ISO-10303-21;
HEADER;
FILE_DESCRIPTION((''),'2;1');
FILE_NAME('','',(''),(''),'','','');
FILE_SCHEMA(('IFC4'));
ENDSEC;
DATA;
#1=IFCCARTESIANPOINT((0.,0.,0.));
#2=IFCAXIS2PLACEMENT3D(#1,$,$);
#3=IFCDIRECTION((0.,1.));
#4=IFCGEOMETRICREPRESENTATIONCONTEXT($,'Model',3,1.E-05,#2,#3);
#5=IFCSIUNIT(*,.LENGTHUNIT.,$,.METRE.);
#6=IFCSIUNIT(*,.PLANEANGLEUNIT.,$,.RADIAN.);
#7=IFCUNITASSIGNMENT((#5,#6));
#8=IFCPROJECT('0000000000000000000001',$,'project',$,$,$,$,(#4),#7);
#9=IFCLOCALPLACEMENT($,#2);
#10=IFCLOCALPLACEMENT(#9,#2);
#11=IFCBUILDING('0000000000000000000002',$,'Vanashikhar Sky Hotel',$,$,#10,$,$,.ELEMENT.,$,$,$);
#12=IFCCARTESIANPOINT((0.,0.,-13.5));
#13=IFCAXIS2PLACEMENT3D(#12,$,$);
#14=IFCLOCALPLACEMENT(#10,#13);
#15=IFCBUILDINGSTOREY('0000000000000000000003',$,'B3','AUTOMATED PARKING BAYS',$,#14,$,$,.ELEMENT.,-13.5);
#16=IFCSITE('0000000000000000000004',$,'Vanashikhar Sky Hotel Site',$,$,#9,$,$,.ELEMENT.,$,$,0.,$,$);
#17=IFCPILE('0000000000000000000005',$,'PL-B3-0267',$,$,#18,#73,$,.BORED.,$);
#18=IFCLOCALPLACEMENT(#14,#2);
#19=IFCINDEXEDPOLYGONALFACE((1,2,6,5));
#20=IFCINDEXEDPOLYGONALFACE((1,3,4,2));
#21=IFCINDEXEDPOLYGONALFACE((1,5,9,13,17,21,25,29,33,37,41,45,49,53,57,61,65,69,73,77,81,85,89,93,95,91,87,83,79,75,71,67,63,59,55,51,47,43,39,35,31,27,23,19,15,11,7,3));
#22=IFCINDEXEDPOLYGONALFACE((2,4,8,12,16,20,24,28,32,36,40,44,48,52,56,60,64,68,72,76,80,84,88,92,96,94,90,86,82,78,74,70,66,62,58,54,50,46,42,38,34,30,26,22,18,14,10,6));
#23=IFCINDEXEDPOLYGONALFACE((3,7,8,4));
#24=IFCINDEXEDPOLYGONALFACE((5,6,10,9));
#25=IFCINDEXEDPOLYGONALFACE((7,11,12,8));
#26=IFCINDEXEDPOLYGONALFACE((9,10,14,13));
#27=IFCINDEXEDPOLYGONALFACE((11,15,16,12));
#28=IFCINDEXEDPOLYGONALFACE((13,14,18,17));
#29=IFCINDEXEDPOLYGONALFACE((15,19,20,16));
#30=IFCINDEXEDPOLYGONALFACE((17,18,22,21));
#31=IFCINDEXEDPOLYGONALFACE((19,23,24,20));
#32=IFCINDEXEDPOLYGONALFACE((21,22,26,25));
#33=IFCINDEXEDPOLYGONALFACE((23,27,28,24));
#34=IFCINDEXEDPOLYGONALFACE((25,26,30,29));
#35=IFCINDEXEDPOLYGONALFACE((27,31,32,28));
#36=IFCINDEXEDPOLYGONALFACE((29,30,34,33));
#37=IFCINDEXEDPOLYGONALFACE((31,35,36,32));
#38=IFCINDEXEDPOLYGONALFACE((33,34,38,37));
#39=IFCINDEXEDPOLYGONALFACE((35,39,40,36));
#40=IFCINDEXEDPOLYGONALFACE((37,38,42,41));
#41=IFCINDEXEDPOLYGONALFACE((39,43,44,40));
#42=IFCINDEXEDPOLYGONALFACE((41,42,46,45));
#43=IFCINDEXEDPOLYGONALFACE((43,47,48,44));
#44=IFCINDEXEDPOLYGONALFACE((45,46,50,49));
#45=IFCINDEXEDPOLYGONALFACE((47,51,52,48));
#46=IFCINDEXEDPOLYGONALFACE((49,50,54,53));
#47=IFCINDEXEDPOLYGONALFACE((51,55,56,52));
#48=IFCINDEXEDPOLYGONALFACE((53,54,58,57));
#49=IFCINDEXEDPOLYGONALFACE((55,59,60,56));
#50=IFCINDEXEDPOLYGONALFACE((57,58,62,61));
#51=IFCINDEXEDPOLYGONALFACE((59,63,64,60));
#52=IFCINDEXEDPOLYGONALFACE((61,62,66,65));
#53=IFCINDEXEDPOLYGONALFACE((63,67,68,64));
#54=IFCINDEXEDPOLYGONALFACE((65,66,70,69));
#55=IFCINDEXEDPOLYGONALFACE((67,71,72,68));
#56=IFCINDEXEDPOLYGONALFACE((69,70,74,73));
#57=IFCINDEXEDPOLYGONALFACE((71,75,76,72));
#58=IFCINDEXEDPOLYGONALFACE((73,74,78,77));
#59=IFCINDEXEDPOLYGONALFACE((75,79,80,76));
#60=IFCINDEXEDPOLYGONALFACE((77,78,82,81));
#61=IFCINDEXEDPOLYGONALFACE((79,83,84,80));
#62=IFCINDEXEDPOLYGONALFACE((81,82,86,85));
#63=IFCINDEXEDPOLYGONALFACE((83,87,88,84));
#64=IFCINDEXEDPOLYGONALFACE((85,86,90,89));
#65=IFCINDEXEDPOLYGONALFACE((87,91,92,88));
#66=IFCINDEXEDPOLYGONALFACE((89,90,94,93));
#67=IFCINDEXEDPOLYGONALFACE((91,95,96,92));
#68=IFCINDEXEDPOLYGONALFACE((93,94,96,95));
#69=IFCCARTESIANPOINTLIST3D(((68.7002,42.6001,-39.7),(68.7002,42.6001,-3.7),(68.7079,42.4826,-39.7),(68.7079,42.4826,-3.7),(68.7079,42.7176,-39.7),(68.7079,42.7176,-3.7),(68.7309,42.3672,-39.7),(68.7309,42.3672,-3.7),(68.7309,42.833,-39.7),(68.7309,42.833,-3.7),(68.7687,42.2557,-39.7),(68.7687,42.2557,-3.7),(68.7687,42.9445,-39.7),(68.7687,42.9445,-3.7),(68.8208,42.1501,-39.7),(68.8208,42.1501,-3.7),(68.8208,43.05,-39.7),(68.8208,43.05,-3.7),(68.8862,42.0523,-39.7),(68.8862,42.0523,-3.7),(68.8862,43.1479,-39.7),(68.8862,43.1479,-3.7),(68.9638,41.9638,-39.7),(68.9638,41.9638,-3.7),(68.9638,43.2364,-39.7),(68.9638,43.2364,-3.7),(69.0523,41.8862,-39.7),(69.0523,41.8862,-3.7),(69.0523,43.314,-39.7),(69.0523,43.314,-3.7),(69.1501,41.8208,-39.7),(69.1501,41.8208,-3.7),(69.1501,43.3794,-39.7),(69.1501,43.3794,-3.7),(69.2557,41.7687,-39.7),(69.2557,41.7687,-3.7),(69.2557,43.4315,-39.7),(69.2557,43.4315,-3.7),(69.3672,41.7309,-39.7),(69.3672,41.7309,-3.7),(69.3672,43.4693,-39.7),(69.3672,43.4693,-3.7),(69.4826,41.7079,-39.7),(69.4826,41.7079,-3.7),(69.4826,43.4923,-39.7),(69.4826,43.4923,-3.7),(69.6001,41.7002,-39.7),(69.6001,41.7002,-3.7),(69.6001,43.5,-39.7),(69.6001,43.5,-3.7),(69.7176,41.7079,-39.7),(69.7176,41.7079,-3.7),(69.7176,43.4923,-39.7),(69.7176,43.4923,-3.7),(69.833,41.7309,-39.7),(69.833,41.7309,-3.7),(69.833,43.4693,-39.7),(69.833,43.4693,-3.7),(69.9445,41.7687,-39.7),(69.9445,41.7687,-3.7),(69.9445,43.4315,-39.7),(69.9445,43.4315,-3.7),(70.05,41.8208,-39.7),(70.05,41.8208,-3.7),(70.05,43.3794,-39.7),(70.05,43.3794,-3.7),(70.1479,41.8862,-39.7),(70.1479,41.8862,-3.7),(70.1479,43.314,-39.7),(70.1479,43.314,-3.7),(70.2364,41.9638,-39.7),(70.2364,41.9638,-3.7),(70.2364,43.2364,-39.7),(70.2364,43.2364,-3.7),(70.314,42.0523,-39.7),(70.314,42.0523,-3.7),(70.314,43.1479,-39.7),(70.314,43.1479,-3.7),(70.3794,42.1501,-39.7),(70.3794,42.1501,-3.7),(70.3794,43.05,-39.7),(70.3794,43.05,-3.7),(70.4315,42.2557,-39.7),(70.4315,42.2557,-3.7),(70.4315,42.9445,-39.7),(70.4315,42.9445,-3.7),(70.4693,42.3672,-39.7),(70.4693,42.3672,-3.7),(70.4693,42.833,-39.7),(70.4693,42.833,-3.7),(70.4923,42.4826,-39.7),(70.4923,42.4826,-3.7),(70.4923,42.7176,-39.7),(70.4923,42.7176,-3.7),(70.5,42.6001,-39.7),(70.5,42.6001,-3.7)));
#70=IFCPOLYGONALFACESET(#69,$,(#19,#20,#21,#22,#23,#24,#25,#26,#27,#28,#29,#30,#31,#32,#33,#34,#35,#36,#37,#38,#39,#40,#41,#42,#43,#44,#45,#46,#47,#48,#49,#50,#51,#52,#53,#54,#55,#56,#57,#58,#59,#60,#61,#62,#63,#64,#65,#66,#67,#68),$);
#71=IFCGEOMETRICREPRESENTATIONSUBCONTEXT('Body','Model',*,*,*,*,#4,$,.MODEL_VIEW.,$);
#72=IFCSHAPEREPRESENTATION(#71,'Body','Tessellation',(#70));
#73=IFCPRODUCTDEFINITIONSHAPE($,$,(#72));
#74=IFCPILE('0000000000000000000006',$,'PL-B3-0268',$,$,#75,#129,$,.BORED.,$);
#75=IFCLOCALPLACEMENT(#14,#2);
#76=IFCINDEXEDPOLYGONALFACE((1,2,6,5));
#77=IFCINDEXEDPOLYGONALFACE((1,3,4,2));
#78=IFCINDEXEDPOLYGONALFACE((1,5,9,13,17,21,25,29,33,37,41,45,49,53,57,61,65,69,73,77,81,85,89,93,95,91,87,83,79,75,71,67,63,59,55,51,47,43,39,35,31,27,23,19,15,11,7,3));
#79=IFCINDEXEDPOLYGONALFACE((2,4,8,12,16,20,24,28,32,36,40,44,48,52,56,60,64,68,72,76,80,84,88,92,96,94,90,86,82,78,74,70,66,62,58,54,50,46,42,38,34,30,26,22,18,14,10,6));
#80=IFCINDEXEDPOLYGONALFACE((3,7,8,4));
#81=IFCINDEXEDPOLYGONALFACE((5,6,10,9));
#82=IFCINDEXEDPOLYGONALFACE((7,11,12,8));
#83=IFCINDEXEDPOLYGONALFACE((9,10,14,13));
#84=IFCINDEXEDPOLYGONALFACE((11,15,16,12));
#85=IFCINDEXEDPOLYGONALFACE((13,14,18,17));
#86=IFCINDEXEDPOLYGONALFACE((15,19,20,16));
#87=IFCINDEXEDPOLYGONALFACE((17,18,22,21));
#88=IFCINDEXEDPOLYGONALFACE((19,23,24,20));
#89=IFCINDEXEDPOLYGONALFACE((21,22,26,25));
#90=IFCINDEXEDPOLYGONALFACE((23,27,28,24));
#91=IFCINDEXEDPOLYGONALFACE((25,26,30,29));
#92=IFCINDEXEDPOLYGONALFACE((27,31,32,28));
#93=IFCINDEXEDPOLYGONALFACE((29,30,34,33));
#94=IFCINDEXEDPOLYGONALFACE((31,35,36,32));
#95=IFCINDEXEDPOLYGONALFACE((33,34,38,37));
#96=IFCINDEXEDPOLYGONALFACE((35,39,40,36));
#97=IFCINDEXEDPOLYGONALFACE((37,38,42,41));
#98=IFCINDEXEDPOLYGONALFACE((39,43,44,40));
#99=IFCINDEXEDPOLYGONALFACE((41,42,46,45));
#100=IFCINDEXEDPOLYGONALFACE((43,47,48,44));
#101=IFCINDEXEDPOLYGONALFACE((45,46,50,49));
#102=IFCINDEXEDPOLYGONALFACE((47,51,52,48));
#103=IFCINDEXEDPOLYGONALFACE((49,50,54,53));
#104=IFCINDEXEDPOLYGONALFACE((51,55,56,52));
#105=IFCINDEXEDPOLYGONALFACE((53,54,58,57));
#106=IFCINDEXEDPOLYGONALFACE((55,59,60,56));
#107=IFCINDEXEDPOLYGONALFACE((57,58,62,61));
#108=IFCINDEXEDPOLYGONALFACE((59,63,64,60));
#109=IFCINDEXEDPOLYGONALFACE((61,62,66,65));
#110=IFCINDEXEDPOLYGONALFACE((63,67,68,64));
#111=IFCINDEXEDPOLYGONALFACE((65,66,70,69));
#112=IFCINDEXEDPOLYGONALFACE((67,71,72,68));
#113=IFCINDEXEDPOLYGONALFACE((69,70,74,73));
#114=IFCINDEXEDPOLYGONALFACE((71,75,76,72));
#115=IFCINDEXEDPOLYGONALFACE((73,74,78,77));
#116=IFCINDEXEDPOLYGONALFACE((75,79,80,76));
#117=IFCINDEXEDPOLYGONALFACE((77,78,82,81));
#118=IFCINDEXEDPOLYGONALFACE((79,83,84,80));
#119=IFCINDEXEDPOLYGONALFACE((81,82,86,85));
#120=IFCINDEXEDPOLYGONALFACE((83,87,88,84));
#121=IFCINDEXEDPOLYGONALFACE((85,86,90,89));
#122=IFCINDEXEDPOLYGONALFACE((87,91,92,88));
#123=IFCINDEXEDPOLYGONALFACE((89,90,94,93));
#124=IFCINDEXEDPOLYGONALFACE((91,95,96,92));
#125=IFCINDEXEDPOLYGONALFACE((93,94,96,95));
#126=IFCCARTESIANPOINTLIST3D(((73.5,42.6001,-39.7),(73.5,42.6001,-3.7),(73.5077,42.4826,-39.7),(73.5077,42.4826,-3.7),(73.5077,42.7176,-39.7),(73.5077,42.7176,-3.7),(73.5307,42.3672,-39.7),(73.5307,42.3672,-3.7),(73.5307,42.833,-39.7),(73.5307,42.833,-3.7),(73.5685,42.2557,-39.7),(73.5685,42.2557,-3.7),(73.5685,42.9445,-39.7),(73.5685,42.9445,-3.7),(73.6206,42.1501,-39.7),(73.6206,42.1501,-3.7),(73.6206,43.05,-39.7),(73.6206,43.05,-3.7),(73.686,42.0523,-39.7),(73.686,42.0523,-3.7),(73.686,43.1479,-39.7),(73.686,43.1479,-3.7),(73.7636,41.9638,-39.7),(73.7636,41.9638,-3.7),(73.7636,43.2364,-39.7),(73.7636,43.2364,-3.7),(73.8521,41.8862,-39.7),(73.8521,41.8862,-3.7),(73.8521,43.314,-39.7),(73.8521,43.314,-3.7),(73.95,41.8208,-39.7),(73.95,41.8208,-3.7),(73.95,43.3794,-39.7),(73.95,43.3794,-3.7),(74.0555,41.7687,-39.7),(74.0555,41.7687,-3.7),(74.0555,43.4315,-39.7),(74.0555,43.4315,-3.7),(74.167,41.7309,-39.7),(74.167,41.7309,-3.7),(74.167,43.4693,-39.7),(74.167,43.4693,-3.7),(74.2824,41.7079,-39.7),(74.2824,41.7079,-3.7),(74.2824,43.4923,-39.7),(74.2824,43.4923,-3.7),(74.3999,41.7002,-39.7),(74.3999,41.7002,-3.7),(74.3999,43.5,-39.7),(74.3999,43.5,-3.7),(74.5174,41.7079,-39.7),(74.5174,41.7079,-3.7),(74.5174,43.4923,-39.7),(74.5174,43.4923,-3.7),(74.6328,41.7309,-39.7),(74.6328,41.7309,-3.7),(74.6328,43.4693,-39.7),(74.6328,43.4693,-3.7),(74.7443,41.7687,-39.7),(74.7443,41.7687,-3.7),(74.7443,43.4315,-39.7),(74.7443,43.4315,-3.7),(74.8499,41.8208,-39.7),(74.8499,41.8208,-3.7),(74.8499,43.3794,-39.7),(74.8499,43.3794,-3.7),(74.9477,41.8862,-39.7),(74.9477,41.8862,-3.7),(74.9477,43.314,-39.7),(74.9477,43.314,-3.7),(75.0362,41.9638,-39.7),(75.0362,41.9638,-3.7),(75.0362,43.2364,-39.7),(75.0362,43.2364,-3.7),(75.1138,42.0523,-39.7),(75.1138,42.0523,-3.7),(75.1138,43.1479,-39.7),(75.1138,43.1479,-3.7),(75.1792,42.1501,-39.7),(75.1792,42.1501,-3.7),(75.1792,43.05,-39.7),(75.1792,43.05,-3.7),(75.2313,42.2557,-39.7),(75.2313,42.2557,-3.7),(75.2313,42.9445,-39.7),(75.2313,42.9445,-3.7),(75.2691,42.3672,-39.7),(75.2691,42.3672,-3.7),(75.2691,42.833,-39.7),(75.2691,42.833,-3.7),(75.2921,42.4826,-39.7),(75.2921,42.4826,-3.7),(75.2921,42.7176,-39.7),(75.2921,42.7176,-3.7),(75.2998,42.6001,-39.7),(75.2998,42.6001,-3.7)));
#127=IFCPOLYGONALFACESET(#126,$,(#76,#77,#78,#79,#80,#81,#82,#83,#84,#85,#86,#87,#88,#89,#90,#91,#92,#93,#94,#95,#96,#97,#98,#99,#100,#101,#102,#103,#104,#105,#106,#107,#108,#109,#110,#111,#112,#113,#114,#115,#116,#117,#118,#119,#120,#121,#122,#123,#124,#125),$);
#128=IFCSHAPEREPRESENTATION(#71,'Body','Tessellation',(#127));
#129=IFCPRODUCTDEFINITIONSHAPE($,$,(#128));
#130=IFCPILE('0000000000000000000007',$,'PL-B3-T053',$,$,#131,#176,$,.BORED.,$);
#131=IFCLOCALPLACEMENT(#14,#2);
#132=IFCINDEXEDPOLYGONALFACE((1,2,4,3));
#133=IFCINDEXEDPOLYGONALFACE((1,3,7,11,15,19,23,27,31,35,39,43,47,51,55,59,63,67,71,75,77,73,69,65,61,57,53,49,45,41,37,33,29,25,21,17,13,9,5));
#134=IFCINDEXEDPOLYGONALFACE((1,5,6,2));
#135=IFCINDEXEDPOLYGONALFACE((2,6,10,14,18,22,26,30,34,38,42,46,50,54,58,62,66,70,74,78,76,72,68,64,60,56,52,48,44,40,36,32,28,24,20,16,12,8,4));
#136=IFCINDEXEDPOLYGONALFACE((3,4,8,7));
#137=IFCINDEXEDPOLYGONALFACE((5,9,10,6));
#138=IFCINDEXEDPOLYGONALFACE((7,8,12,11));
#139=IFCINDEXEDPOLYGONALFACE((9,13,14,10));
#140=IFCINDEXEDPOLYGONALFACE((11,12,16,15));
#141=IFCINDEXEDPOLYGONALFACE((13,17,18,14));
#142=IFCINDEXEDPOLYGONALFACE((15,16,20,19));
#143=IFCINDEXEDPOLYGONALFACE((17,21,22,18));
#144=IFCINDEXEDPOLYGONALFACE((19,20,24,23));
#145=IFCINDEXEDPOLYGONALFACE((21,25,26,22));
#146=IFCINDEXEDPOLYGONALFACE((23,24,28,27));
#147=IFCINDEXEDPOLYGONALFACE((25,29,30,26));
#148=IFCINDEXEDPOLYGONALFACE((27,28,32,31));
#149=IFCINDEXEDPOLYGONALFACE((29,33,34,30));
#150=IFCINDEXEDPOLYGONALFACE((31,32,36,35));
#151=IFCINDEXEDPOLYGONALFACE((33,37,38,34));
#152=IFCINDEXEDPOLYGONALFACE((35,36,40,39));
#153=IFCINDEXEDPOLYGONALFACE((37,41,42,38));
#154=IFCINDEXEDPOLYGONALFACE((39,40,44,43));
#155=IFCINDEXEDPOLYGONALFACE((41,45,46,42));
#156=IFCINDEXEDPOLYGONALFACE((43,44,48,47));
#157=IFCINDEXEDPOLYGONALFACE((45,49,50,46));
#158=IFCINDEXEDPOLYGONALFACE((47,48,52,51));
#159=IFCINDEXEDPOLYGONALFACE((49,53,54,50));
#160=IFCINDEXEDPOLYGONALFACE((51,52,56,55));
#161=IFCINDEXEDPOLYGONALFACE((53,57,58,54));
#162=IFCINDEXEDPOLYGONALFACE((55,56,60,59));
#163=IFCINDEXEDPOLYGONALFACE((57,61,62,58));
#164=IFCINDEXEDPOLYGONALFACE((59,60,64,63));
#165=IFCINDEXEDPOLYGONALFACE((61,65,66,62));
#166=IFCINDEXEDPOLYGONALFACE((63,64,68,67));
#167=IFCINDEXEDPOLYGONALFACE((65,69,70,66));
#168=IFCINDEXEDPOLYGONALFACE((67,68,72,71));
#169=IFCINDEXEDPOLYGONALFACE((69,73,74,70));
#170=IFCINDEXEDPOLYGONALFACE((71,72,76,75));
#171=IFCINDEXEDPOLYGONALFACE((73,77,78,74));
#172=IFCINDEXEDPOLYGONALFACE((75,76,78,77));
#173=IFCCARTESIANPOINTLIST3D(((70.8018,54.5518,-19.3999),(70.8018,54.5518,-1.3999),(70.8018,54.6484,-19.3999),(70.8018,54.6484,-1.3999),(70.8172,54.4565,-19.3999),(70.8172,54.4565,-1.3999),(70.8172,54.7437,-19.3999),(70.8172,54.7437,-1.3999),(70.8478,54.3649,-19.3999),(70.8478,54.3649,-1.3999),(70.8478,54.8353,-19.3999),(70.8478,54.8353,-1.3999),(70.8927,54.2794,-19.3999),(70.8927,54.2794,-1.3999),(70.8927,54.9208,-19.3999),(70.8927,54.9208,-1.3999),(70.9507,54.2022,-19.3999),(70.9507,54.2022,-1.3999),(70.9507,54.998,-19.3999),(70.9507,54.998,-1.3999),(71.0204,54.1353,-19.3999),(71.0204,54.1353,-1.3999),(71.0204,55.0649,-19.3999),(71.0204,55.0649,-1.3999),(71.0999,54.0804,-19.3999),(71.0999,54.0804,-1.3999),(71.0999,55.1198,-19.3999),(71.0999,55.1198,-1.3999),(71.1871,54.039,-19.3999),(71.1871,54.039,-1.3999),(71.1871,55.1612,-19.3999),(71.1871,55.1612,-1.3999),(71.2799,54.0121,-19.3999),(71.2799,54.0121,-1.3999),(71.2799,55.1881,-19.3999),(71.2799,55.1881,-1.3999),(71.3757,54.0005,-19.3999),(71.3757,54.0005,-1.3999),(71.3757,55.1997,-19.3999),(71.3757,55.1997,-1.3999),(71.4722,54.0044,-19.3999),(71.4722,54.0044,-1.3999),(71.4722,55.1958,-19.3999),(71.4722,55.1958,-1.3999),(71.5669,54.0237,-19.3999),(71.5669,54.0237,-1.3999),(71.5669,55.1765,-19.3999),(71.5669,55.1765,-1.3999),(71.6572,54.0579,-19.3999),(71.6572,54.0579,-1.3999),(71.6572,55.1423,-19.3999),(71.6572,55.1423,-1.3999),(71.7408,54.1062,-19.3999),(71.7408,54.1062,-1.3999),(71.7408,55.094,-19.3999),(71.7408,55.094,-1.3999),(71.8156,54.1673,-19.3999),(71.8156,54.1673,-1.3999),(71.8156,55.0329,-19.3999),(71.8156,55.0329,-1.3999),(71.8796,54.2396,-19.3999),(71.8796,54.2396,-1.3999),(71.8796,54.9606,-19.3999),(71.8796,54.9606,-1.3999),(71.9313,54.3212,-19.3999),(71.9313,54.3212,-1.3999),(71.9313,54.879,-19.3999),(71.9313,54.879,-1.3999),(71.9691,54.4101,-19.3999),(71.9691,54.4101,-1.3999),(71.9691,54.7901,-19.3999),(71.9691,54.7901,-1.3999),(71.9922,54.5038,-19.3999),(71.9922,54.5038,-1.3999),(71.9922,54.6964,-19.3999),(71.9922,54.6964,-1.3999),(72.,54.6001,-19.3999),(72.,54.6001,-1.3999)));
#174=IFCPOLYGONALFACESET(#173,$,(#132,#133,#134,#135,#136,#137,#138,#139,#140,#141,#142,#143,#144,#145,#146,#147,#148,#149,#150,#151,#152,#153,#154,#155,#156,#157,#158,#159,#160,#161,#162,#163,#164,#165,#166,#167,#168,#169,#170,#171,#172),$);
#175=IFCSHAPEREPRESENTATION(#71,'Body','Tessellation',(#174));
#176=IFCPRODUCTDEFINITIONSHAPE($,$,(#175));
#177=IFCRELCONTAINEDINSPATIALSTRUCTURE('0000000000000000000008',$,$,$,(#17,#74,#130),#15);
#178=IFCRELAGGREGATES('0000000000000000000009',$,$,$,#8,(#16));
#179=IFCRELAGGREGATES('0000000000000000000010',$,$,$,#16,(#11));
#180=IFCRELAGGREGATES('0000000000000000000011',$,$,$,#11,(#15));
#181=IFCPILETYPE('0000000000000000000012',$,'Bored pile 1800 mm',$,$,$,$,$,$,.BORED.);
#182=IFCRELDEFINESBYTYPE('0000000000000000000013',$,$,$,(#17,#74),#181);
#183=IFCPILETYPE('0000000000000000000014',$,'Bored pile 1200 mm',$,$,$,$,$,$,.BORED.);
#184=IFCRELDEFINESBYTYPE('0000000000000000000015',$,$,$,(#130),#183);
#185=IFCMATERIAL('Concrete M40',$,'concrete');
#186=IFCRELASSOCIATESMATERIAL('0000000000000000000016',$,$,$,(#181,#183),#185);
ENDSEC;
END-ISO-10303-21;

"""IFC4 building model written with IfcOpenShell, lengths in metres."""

from ifc_helpers import new_model, si_unit, direction, frame, origin, origin_2d, place, context, subcontext, project, spatial, circle, extrude, source, transform, mapped, material, type_object, element, save


model = new_model("IFC4")

# Units and contexts
model_context = context("Model", 3, precision=1e-05, world=origin(), true_north=direction((0.0, 1.0)))
body_context = subcontext(model_context, "Body", "Model", "MODEL_VIEW")
ifc_project = project(units=[si_unit("LENGTHUNIT", "METRE"), si_unit("PLANEANGLEUNIT", "RADIAN")], contexts=[model_context])

# Site, building, storey
site_placement = place(None, origin())
site = spatial("IfcSite", under=ifc_project, at=site_placement, Name="Vanashikhar Sky Hotel Site", CompositionType="ELEMENT", RefElevation=0.0)
building_placement = place(site_placement, origin())
building = spatial("IfcBuilding", under=site, at=building_placement, Name="Vanashikhar Sky Hotel", CompositionType="ELEMENT")
storey_placement = place(building_placement, frame((0.0, 0.0, -13.5)))
storey = spatial("IfcBuildingStorey", under=building, at=storey_placement, Name="B3", Description="AUTOMATED PARKING BAYS", CompositionType="ELEMENT", Elevation=-13.5)

# Piles
ifc_material_1 = material(Name="Concrete M40", Category="concrete")
pile_type_1 = type_object("IfcPileType", Name="Bored pile 1800 mm", PredefinedType="BORED", material=ifc_material_1)
shared_shape_1 = source(origin(), body_context, "Body", "SweptSolid", [
    extrude(circle(Radius=0.8999, at=origin_2d()), origin(), (0.0, 0.0, 1.0), 36.0),
])
for number, where, z_axis, x_axis, name in (
    (1, (69.6001, 42.6001, -3.7), (0.0, 0.0, -1.0), (1.0, 0.0, 0.0), "PL-B3-0267"),
    (2, (74.3999, 42.6001, -3.7), (0.0, 0.0, -1.0), (1.0, 0.0, 0.0), "PL-B3-0268"),
):
    element("IfcPile", number, at=place(storey_placement, frame(where, z_axis=z_axis, x_axis=x_axis)), inside=storey, type_object=pile_type_1, Name=name, PredefinedType="BORED", context=body_context, shape_type="MappedRepresentation", body=[
        mapped(shared_shape_1, transform((0.0, 0.0, 0.0), scale=1.0)),
    ])
pile_type_2 = type_object("IfcPileType", Name="Bored pile 1200 mm", PredefinedType="BORED", material=ifc_material_1)
shared_shape_2 = source(origin(), body_context, "Body", "SweptSolid", [
    extrude(circle(Radius=0.6001, at=origin_2d()), origin(), (0.0, 0.0, 1.0), 18.0),
])
for number, where, z_axis, x_axis, name in (
    (3, (71.3999, 54.6001, -1.3999), (0.0, 0.0, -1.0), (1.0, 0.0, 0.0), "PL-B3-T053"),
):
    element("IfcPile", number, at=place(storey_placement, frame(where, z_axis=z_axis, x_axis=x_axis)), inside=storey, type_object=pile_type_2, Name=name, PredefinedType="BORED", context=body_context, shape_type="MappedRepresentation", body=[
        mapped(shared_shape_2, transform((0.0, 0.0, 0.0), scale=1.0)),
    ])

save(model, "model.ifc")
